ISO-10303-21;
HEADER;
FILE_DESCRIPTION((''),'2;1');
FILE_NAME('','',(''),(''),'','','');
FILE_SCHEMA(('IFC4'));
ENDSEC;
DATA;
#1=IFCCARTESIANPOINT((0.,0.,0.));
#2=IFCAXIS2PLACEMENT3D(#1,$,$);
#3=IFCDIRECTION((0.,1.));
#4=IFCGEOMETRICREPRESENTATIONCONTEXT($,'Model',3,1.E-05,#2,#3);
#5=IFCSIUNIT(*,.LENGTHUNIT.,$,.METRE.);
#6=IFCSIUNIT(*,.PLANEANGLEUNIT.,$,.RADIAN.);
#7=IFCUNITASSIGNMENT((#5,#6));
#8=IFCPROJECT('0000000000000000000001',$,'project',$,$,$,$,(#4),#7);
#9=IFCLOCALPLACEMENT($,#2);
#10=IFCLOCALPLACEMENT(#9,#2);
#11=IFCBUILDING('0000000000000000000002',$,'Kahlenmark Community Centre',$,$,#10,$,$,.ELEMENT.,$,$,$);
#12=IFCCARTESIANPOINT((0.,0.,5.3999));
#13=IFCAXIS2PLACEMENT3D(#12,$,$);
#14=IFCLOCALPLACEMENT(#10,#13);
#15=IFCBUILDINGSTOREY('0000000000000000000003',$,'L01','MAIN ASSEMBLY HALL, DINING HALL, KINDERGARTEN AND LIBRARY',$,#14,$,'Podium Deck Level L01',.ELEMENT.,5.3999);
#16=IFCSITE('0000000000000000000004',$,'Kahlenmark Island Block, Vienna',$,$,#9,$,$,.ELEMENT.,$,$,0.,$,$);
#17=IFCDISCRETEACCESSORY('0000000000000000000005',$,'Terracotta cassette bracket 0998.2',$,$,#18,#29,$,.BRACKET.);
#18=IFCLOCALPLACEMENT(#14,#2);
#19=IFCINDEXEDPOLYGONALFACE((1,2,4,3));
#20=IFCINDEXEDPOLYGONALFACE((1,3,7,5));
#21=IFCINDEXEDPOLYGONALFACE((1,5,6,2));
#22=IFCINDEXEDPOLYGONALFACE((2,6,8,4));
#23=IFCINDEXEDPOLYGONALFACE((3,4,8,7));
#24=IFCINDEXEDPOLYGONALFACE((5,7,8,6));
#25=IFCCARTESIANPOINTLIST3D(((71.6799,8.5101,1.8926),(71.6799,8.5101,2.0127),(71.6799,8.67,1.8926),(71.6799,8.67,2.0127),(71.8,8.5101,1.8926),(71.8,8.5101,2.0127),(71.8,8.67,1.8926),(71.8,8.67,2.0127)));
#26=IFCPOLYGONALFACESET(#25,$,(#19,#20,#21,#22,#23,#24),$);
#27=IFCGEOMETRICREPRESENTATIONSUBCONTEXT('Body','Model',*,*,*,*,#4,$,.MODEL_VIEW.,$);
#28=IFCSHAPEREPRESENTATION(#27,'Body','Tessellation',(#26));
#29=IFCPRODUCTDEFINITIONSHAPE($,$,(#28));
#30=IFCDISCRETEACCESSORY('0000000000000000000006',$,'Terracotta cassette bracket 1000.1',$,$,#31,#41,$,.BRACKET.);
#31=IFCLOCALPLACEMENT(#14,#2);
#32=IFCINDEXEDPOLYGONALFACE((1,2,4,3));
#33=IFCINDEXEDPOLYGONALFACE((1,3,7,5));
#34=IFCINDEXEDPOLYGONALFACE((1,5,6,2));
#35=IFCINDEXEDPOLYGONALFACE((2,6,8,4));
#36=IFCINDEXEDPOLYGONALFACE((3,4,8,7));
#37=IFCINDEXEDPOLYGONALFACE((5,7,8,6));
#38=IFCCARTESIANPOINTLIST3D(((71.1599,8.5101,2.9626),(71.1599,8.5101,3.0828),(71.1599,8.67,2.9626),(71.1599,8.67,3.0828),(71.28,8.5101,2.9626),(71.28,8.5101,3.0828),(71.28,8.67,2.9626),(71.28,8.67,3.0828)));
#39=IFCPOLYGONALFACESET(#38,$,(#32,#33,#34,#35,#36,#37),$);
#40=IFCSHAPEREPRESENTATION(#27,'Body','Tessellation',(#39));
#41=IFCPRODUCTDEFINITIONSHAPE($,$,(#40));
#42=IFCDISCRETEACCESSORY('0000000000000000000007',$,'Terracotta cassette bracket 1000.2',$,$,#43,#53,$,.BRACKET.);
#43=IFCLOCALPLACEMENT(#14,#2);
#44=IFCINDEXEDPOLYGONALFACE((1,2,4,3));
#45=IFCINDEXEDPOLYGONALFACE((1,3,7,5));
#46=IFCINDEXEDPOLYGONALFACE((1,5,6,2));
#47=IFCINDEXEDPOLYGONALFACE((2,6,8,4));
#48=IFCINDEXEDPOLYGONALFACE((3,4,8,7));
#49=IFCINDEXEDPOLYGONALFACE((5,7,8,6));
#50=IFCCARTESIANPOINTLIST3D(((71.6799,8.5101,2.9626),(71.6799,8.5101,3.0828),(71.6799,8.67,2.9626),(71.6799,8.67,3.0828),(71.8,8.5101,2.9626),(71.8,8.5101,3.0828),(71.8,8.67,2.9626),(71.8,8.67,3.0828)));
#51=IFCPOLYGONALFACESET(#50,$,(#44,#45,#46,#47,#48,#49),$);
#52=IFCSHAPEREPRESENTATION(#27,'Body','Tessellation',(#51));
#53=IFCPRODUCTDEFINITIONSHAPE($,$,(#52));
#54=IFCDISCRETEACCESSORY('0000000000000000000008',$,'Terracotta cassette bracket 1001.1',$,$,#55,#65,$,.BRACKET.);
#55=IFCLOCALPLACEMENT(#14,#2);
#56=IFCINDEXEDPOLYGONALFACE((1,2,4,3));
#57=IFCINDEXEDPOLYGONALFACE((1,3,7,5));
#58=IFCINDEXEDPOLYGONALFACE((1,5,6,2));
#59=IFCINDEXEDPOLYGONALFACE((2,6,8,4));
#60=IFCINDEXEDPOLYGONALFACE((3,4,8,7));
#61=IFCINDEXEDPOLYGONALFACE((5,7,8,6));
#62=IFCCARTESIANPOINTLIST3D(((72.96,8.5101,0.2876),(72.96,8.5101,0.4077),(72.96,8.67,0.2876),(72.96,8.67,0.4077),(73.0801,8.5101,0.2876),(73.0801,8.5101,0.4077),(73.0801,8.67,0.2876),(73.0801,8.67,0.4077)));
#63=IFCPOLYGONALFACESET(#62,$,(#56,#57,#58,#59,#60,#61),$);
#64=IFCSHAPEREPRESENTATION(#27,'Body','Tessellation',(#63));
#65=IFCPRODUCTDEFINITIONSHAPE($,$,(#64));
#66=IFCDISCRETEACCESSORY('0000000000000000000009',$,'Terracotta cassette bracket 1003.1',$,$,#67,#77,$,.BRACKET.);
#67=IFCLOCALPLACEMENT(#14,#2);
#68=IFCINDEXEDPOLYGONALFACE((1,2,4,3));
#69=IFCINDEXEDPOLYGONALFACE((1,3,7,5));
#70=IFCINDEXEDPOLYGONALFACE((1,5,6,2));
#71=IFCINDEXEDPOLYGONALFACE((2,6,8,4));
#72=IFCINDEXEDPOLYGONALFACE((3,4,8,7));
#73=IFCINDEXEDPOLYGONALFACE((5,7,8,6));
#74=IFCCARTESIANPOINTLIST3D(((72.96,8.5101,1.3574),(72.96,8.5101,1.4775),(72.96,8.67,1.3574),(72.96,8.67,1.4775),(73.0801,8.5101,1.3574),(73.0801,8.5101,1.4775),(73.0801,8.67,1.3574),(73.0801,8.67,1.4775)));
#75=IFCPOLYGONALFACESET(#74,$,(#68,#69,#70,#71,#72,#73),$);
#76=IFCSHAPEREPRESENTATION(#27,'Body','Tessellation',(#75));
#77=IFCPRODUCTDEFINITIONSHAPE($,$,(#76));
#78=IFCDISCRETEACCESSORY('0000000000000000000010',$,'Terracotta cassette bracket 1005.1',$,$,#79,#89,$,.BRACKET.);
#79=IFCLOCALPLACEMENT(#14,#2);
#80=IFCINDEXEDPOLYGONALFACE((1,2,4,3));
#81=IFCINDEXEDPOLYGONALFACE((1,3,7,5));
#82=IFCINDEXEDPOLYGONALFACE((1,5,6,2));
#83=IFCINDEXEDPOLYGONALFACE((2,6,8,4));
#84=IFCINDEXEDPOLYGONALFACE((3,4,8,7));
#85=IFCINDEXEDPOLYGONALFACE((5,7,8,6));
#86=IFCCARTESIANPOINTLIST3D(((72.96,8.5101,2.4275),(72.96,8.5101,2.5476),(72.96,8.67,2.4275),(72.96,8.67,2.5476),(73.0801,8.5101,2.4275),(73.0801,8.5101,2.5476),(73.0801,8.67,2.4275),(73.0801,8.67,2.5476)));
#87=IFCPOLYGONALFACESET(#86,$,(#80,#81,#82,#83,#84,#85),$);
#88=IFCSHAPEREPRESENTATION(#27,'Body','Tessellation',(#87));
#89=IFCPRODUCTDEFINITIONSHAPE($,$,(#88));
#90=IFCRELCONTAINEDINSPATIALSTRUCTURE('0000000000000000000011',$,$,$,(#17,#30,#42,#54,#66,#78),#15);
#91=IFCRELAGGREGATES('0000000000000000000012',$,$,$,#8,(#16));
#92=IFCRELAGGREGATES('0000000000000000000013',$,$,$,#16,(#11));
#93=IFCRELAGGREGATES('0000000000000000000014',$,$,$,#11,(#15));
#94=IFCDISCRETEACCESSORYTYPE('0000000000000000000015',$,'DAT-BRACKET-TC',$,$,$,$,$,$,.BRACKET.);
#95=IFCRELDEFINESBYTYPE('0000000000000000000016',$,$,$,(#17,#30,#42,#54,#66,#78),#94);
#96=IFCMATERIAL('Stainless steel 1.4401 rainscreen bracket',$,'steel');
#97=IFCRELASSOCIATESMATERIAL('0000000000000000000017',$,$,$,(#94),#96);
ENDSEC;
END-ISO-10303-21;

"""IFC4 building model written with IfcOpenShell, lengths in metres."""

from ifc_helpers import new_model, si_unit, direction, frame, origin, origin_2d, place, context, subcontext, project, spatial, rectangle, extrude, material, type_object, element, save


model = new_model("IFC4")

# Units and contexts
model_context = context("Model", 3, precision=1e-05, world=origin(), true_north=direction((0.0, 1.0)))
body_context = subcontext(model_context, "Body", "Model", "MODEL_VIEW")
ifc_project = project(units=[si_unit("LENGTHUNIT", "METRE"), si_unit("PLANEANGLEUNIT", "RADIAN")], contexts=[model_context])

# Site, building, storey
site_placement = place(None, origin())
site = spatial("IfcSite", under=ifc_project, at=site_placement, Name="Kahlenmark Island Block, Vienna", CompositionType="ELEMENT", RefElevation=0.0)
building_placement = place(site_placement, origin())
building = spatial("IfcBuilding", under=site, at=building_placement, Name="Kahlenmark Community Centre", CompositionType="ELEMENT")
storey_placement = place(building_placement, frame((0.0, 0.0, 5.3999)))
storey = spatial("IfcBuildingStorey", under=building, at=storey_placement, Name="L01", Description="MAIN ASSEMBLY HALL, DINING HALL, KINDERGARTEN AND LIBRARY", LongName="Podium Deck Level L01", CompositionType="ELEMENT", Elevation=5.3999)

# Discrete accessories
ifc_material_1 = material(Name="Stainless steel 1.4401 rainscreen bracket", Category="steel")
discrete_accessory_type = type_object("IfcDiscreteAccessoryType", Name="DAT-BRACKET-TC", PredefinedType="BRACKET", material=ifc_material_1)
for number, where, z_axis, x_axis, name in (
    (1, (71.74, 8.5901, 1.8926), (0.0, 0.0, 1.0), (1.0, 0.0, 0.0), "Terracotta cassette bracket 0998.2"),
    (2, (71.22, 8.5901, 2.9626), (0.0, 0.0, 1.0), (1.0, 0.0, 0.0), "Terracotta cassette bracket 1000.1"),
    (3, (71.74, 8.5901, 2.9626), (0.0, 0.0, 1.0), (1.0, 0.0, 0.0), "Terracotta cassette bracket 1000.2"),
    (4, (73.02, 8.5901, 0.2876), (0.0, 0.0, 1.0), (1.0, 0.0, 0.0), "Terracotta cassette bracket 1001.1"),
    (5, (73.02, 8.5901, 1.3574), (0.0, 0.0, 1.0), (1.0, 0.0, 0.0), "Terracotta cassette bracket 1003.1"),
    (6, (73.02, 8.5901, 2.4275), (0.0, 0.0, 1.0), (1.0, 0.0, 0.0), "Terracotta cassette bracket 1005.1"),
):
    element("IfcDiscreteAccessory", number, at=place(storey_placement, frame(where, z_axis=z_axis, x_axis=x_axis)), inside=storey, type_object=discrete_accessory_type, Name=name, PredefinedType="BRACKET", context=body_context, shape_type="SweptSolid", body=[
        extrude(rectangle(XDim=0.1201, YDim=0.1599, at=origin_2d()), origin(), (0.0, 0.0, 1.0), 0.1201),
    ])

save(model, "model.ifc")
